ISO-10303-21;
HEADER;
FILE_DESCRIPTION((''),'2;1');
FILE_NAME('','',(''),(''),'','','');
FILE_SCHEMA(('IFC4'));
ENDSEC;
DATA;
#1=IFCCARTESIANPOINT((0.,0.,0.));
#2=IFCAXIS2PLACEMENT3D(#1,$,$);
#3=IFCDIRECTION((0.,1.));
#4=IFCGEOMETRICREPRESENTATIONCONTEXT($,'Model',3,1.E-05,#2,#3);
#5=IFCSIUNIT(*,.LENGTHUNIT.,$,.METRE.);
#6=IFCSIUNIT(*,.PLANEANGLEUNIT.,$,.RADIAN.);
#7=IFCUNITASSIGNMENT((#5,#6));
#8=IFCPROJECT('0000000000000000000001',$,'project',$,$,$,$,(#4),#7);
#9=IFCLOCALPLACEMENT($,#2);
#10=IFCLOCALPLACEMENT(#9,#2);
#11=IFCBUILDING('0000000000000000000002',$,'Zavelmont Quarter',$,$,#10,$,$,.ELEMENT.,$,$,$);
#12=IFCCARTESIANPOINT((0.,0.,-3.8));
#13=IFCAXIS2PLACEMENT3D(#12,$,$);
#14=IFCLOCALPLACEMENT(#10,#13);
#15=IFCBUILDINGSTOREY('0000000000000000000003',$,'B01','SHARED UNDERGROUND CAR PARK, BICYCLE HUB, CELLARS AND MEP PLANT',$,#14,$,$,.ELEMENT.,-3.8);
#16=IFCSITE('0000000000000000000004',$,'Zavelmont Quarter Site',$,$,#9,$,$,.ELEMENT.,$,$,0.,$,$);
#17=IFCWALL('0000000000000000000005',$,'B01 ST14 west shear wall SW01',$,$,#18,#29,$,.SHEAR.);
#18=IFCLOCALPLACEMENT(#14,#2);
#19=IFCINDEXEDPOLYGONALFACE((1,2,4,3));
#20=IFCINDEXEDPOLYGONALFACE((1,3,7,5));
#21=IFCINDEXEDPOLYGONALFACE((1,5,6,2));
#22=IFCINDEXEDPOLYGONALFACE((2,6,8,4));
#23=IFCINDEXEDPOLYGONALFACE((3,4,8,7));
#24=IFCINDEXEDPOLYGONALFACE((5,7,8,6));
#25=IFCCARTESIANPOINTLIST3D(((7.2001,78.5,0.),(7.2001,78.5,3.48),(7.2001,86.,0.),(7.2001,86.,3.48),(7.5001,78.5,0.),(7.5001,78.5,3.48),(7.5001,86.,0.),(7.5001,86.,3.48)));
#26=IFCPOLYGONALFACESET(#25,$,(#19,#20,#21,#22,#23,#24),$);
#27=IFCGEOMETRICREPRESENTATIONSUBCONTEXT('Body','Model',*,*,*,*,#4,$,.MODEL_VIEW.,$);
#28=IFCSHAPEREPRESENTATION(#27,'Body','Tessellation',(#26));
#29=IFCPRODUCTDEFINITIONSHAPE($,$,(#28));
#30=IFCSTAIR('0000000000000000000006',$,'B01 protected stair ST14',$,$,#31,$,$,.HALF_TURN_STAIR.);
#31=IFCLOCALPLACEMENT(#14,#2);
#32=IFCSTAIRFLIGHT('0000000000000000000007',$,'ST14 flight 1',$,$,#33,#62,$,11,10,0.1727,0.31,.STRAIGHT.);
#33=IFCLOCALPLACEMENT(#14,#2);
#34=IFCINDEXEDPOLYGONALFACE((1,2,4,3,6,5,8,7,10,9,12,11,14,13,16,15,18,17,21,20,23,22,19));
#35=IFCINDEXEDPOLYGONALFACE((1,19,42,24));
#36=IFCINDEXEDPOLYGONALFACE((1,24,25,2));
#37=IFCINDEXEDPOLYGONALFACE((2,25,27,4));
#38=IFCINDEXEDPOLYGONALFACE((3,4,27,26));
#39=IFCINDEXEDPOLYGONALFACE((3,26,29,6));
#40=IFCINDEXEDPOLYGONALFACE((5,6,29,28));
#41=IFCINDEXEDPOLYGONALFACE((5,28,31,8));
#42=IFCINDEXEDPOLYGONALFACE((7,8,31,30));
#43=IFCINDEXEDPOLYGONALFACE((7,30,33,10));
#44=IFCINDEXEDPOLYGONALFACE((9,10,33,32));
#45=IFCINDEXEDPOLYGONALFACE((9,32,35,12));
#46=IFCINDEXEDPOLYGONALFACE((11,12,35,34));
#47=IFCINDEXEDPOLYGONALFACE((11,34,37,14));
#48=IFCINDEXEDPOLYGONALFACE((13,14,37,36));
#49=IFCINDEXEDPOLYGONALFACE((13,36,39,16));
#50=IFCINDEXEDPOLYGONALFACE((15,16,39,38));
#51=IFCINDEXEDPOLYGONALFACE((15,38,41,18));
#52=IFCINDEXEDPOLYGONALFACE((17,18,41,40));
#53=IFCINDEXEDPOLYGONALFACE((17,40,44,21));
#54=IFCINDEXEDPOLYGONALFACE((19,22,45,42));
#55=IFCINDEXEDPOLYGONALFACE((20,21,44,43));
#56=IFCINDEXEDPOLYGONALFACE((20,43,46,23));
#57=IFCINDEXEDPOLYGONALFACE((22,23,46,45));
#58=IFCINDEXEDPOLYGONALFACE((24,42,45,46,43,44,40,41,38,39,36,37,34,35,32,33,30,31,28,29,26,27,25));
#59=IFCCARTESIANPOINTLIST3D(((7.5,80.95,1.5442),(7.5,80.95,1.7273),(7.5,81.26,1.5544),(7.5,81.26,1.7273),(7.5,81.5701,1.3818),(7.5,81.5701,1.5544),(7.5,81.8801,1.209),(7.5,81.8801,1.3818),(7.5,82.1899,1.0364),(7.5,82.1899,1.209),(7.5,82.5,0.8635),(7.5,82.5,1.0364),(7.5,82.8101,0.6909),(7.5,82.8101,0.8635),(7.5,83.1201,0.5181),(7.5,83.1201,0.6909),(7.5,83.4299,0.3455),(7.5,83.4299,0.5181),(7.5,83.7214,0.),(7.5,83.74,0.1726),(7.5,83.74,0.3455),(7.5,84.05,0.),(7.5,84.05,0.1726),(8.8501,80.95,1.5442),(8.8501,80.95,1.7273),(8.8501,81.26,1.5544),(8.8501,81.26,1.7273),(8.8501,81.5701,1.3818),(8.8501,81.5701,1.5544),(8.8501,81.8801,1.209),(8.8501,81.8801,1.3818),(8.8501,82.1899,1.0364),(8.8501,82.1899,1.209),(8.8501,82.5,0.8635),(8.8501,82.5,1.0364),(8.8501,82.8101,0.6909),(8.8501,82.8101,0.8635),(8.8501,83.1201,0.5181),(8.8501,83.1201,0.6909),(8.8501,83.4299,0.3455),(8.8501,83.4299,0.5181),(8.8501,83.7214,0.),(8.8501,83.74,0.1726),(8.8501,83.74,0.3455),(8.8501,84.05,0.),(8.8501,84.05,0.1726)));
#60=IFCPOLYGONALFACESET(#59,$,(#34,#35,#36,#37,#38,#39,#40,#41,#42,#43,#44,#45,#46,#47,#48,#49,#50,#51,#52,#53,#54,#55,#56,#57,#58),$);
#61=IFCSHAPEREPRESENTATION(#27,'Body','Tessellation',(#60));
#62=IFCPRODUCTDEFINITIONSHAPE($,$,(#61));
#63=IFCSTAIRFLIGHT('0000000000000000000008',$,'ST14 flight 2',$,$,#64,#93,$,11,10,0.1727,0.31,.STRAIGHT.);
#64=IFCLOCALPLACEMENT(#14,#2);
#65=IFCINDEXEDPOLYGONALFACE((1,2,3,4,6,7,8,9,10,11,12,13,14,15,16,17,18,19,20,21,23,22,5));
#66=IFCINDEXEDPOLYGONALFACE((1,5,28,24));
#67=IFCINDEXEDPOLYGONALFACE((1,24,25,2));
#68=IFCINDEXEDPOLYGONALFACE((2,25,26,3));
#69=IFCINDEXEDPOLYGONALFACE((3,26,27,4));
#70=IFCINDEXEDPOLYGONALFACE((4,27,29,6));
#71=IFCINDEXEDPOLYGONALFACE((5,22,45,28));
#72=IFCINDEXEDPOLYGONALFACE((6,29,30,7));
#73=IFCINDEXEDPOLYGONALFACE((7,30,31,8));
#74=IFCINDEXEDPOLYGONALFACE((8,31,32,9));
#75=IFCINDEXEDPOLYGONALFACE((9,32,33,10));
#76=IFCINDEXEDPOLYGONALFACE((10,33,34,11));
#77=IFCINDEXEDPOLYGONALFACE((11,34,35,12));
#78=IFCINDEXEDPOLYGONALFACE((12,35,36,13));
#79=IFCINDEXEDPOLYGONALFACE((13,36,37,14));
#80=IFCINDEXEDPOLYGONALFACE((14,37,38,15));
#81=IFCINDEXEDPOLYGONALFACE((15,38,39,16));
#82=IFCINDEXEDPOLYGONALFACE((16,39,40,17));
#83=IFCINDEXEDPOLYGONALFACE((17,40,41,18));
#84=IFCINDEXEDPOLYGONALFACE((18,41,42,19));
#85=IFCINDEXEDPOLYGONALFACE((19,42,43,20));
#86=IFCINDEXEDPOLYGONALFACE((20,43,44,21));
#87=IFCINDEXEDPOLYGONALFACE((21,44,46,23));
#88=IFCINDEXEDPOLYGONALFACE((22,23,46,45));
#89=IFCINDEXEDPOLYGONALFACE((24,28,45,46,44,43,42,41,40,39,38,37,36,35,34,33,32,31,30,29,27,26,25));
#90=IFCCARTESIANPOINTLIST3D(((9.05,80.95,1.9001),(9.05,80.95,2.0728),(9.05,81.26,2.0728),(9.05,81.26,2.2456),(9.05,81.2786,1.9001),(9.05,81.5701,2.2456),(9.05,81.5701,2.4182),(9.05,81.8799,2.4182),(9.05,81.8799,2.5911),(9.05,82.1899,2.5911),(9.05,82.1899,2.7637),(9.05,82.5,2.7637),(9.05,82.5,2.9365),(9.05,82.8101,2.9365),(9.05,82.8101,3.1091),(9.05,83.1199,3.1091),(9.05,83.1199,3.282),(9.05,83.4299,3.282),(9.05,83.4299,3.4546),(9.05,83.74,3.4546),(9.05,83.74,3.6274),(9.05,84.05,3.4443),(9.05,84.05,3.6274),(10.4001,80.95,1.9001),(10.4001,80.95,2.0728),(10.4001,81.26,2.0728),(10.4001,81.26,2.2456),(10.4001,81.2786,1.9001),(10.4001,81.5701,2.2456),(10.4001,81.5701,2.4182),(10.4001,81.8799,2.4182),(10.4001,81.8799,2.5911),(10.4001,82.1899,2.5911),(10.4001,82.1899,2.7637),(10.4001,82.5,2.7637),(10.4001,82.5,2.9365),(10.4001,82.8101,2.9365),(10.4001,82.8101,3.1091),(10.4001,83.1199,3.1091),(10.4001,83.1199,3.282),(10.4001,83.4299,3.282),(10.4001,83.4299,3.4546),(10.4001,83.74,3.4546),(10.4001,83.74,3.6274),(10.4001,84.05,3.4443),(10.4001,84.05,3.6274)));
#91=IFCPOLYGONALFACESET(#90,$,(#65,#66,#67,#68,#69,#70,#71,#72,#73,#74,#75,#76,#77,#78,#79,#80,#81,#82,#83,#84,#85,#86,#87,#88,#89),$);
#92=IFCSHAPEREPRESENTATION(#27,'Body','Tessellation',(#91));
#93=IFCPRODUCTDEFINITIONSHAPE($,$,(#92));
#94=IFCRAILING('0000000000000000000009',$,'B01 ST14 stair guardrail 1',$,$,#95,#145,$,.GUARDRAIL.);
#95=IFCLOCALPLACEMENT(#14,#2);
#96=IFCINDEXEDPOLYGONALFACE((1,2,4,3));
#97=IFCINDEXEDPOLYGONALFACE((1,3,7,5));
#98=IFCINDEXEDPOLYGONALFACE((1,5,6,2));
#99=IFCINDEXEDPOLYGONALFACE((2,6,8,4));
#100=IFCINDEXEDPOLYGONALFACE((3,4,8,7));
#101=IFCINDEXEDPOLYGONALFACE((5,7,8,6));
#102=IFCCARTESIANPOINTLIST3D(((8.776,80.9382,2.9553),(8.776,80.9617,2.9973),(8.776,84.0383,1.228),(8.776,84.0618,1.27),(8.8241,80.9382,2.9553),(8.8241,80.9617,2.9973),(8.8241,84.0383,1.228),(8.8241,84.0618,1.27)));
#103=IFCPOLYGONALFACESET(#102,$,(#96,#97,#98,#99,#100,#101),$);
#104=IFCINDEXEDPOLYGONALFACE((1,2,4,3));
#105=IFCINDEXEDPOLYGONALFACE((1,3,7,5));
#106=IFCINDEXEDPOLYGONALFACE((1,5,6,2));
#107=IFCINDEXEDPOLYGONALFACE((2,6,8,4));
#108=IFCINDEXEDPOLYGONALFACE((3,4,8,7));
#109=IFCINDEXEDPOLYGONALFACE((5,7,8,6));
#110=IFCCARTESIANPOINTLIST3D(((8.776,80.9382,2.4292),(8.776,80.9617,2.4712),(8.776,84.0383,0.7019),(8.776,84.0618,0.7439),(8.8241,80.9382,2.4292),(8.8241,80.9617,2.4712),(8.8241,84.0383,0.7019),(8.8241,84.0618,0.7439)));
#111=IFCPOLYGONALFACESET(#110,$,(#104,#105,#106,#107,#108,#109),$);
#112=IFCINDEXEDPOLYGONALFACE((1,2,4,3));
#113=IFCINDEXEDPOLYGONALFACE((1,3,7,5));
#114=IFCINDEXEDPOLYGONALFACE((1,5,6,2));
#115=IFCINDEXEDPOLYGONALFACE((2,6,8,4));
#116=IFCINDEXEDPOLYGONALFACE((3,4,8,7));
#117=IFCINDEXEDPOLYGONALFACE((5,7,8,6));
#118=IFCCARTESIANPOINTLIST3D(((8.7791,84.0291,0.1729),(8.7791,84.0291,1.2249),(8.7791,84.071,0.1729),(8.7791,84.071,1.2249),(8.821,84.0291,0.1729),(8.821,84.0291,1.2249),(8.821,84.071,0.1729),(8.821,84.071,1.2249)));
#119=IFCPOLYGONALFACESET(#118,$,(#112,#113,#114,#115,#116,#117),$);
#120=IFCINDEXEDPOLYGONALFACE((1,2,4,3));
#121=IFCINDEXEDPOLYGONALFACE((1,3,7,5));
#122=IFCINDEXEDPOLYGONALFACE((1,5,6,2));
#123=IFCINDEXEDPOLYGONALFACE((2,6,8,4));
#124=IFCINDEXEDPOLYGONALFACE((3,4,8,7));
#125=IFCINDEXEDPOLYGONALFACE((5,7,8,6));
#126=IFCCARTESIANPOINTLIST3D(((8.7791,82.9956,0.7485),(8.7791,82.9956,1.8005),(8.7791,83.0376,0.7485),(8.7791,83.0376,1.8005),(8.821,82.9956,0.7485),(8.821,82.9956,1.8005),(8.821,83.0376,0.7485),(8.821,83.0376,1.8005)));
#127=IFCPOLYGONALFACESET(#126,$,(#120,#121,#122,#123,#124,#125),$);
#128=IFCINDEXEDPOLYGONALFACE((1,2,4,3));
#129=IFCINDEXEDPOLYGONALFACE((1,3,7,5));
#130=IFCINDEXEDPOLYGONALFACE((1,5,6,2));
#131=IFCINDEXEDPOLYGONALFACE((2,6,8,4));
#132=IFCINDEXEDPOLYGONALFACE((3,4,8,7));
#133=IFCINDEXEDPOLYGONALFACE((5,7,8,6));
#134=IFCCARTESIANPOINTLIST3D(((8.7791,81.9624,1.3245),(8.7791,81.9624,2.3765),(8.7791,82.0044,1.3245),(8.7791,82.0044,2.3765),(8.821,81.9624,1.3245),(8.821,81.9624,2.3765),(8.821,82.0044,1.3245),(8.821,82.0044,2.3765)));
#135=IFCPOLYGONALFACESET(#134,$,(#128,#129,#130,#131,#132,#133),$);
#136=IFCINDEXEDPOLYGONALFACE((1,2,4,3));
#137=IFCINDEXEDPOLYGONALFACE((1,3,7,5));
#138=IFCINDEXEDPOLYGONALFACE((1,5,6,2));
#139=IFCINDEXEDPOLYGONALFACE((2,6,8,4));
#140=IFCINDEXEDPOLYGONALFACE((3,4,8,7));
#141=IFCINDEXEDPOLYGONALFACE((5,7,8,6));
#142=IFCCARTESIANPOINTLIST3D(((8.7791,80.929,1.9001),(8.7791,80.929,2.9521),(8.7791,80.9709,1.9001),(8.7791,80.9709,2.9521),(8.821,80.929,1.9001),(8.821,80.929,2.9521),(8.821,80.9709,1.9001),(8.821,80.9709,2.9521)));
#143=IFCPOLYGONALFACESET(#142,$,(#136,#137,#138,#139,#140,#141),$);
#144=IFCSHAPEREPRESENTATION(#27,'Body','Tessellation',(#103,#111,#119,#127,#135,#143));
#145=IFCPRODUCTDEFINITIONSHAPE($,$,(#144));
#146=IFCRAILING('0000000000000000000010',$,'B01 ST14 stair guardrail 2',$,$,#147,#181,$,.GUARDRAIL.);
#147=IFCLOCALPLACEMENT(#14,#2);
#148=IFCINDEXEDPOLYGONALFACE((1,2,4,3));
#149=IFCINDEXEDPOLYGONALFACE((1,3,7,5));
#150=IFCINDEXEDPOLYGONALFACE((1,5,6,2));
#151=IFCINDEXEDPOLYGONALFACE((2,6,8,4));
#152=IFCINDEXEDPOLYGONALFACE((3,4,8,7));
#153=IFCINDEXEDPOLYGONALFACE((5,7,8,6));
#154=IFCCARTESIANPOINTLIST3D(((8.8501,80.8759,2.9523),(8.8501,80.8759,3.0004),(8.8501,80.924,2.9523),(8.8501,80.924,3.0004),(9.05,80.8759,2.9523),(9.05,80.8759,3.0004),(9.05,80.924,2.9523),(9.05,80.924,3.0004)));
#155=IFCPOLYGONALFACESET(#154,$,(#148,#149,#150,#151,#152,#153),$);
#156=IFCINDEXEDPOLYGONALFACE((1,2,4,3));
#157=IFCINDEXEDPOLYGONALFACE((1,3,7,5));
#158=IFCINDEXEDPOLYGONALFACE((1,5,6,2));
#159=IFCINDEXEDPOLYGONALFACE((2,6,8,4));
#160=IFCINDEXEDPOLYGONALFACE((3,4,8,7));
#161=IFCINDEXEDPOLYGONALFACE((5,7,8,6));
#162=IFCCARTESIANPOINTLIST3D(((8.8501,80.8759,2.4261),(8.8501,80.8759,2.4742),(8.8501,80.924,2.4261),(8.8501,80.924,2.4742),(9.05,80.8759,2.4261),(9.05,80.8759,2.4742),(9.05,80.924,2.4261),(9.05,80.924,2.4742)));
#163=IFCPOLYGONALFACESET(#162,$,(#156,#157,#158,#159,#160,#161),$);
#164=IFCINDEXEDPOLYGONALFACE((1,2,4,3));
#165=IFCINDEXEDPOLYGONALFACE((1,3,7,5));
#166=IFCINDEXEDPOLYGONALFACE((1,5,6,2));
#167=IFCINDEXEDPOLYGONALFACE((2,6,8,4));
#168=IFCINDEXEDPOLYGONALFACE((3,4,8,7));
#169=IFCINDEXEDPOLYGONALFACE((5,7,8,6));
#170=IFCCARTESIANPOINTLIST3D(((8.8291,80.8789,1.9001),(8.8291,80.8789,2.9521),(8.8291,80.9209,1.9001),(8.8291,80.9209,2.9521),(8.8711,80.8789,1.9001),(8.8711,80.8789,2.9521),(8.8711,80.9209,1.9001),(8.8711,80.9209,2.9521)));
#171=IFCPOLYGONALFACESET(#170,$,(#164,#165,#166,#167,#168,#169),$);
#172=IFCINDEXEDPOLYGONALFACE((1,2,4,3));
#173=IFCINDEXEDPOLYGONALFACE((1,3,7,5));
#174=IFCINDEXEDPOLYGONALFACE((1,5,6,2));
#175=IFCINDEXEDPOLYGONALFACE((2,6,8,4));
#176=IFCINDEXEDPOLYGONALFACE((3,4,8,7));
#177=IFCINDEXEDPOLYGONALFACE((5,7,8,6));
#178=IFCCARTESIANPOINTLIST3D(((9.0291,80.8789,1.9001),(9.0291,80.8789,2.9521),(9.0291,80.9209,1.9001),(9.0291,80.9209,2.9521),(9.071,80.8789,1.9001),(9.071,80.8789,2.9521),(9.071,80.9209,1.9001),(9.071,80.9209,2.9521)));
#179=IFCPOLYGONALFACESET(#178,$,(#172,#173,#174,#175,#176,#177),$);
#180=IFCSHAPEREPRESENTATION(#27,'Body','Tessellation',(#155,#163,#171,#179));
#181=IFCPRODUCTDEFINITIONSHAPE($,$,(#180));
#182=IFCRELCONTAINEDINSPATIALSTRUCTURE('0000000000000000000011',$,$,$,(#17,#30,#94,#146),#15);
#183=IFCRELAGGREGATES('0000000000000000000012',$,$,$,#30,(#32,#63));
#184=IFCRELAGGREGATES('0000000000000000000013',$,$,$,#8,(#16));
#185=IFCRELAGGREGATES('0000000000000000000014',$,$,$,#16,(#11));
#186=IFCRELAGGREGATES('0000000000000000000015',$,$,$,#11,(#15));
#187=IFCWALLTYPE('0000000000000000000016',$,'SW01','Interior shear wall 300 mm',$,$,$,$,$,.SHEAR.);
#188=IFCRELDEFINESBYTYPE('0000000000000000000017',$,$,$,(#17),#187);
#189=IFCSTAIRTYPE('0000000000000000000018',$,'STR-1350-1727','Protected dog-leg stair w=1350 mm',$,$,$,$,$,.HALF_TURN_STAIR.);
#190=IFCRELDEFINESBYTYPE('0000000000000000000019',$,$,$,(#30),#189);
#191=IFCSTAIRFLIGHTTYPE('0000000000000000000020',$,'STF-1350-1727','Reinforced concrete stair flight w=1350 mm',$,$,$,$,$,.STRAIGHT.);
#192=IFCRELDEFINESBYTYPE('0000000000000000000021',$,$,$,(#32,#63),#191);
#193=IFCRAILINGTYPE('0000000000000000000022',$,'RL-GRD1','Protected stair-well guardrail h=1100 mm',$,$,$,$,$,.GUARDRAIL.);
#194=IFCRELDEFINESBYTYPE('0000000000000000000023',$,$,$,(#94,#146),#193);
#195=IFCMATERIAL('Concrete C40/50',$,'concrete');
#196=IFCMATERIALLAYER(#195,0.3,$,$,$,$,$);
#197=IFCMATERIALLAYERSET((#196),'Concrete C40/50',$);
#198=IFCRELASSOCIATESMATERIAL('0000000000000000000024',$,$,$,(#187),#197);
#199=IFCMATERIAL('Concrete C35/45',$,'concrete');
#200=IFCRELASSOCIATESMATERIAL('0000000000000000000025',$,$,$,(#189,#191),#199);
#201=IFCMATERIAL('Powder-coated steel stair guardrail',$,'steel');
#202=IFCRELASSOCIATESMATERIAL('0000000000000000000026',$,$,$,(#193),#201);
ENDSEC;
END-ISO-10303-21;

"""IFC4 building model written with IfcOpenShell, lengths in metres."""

from ifc_helpers import new_model, si_unit, direction, frame, frame_2d, origin, origin_2d, place, context, subcontext, project, spatial, polyline, rectangle, outline, extrude, material, layer, layer_set, type_object, element, aggregate, save


model = new_model("IFC4")

# Units and contexts
model_context = context("Model", 3, precision=1e-05, world=origin(), true_north=direction((0.0, 1.0)))
body_context = subcontext(model_context, "Body", "Model", "MODEL_VIEW")
ifc_project = project(units=[si_unit("LENGTHUNIT", "METRE"), si_unit("PLANEANGLEUNIT", "RADIAN")], contexts=[model_context])

# Site, building, storey
site_placement = place(None, origin())
site = spatial("IfcSite", under=ifc_project, at=site_placement, Name="Zavelmont Quarter Site", CompositionType="ELEMENT", RefElevation=0.0)
building_placement = place(site_placement, origin())
building = spatial("IfcBuilding", under=site, at=building_placement, Name="Zavelmont Quarter", CompositionType="ELEMENT")
storey_placement = place(building_placement, frame((0.0, 0.0, -3.8)))
storey = spatial("IfcBuildingStorey", under=building, at=storey_placement, Name="B01", Description="SHARED UNDERGROUND CAR PARK, BICYCLE HUB, CELLARS AND MEP PLANT", CompositionType="ELEMENT", Elevation=-3.8)

# Shared definitions
ifc_material_1 = material(Name="Concrete C35/45", Category="concrete")

# Wall
ifc_material_2 = material(Name="Concrete C40/50", Category="concrete")
ifc_layer_1 = layer(ifc_material_2, 0.3)
ifc_layer_set_1 = layer_set([ifc_layer_1], Name="Concrete C40/50")
wall_type_1 = type_object("IfcWallType", Name="SW01", Description="Interior shear wall 300 mm", PredefinedType="SHEAR", material=ifc_layer_set_1)
wall_1_placement = place(storey_placement, frame((7.3501, 78.5, 0.0), z_axis=(0.0, 0.0, 1.0), x_axis=(0.0, 1.0, 0.0)))
element("IfcWall", 1, at=wall_1_placement, inside=storey, type_object=wall_type_1, Name="B01 ST14 west shear wall SW01", PredefinedType="SHEAR", context=body_context, shape_type="SweptSolid", body=[
    extrude(rectangle(XDim=7.5, YDim=0.3, at=frame_2d((3.75, 0.0))), origin(), (0.0, 0.0, 1.0), 3.48),
])

# Stair, stair flights
stair_type = type_object("IfcStairType", Name="STR-1350-1727", Description="Protected dog-leg stair w=1350 mm", PredefinedType="HALF_TURN_STAIR", material=ifc_material_1)
stair_placement = place(storey_placement, origin())
stair = element("IfcStair", 2, at=stair_placement, inside=storey, type_object=stair_type, Name="B01 protected stair ST14", PredefinedType="HALF_TURN_STAIR")
stair_flight_type = type_object("IfcStairFlightType", Name="STF-1350-1727", Description="Reinforced concrete stair flight w=1350 mm", PredefinedType="STRAIGHT", material=ifc_material_1)
stair_flight_1_placement = place(storey_placement, frame((8.175, 84.05, 0.0), z_axis=(0.0, 0.0, 1.0), x_axis=(0.0, -1.0, 0.0)))
stair_flight_1 = element("IfcStairFlight", 3, at=stair_flight_1_placement, type_object=stair_flight_type, Name="ST14 flight 1", NumberOfRisers=11, NumberOfTreads=10, PredefinedType="STRAIGHT", RiserHeight=0.1727, TreadLength=0.31, context=body_context, shape_type="SweptSolid", body=[
    extrude(outline(polyline([(0.0, 0.0), (0.0, 0.1726), (0.3101, 0.1726), (0.3101, 0.3455), (0.6201, 0.3455), (0.6201, 0.5181), (0.9299, 0.5181), (0.9299, 0.6909), (1.24, 0.6909), (1.24, 0.8635), (1.55, 0.8635), (1.55, 1.0364), (1.8601, 1.0364), (1.8601, 1.209), (2.1699, 1.209), (2.1699, 1.3818), (2.48, 1.3818), (2.48, 1.5544), (2.79, 1.5544), (2.79, 1.7273), (3.1001, 1.7273), (3.1001, 1.8999), (3.1001, 1.5442), (0.3286, 0.0), (0.0, 0.0)])), frame((0.0, 0.675, 0.0), z_axis=(0.0, -1.0, 0.0), x_axis=(1.0, 0.0, 0.0)), (0.0, 0.0, 1.0), 1.3501),
])
stair_flight_2_placement = place(storey_placement, frame((9.7251, 80.95, 1.9001), z_axis=(0.0, 0.0, 1.0), x_axis=(0.0, 1.0, 0.0)))
stair_flight_2 = element("IfcStairFlight", 4, at=stair_flight_2_placement, type_object=stair_flight_type, Name="ST14 flight 2", NumberOfRisers=11, NumberOfTreads=10, PredefinedType="STRAIGHT", RiserHeight=0.1727, TreadLength=0.31, context=body_context, shape_type="SweptSolid", body=[
    extrude(outline(polyline([(0.0, 0.0), (0.0, 0.1726), (0.3101, 0.1726), (0.3101, 0.3455), (0.6201, 0.3455), (0.6201, 0.5181), (0.9299, 0.5181), (0.9299, 0.6909), (1.24, 0.6909), (1.24, 0.8635), (1.55, 0.8635), (1.55, 1.0364), (1.8601, 1.0364), (1.8601, 1.209), (2.1699, 1.209), (2.1699, 1.3818), (2.48, 1.3818), (2.48, 1.5544), (2.79, 1.5544), (2.79, 1.7273), (3.1001, 1.7273), (3.1001, 1.8999), (3.1001, 1.5442), (0.3286, 0.0), (0.0, 0.0)])), frame((0.0, 0.675, 0.0), z_axis=(0.0, -1.0, 0.0), x_axis=(1.0, 0.0, 0.0)), (0.0, 0.0, 1.0), 1.3501),
])
aggregate(stair, [stair_flight_1, stair_flight_2])

# Railings
ifc_material_3 = material(Name="Powder-coated steel stair guardrail", Category="steel")
railing_type_1 = type_object("IfcRailingType", Name="RL-GRD1", Description="Protected stair-well guardrail h=1100 mm", PredefinedType="GUARDRAIL", material=ifc_material_3)
railing_1_placement = place(storey_placement, frame((8.8, 84.05, 0.1729)))
element("IfcRailing", 5, at=railing_1_placement, inside=storey, type_object=railing_type_1, Name="B01 ST14 stair guardrail 1", PredefinedType="GUARDRAIL", context=body_context, shape_type="SweptSolid", body=[
    extrude(rectangle(XDim=0.0481, YDim=0.0481, at=origin_2d()), frame((0.0, 0.0, 1.0762), z_axis=(0.0, -0.873556, 0.486723), x_axis=(1.0, 0.0, 0.0)), (0.0, 0.0, 1.0), 3.5488),
    extrude(rectangle(XDim=0.0481, YDim=0.0481, at=origin_2d()), frame((0.0, 0.0, 0.55), z_axis=(0.0, -0.873556, 0.486723), x_axis=(1.0, 0.0, 0.0)), (0.0, 0.0, 1.0), 3.5488),
    extrude(rectangle(XDim=0.042, YDim=0.042, at=origin_2d()), origin(), (0.0, 0.0, 1.0), 1.052),
    extrude(rectangle(XDim=0.042, YDim=0.042, at=origin_2d()), frame((0.0, -1.0334, 0.5757)), (0.0, 0.0, 1.0), 1.052),
    extrude(rectangle(XDim=0.042, YDim=0.042, at=origin_2d()), frame((0.0, -2.0667, 1.1516)), (0.0, 0.0, 1.0), 1.052),
    extrude(rectangle(XDim=0.042, YDim=0.042, at=origin_2d()), frame((0.0, -3.1001, 1.7273)), (0.0, 0.0, 1.0), 1.052),
])
railing_2_placement = place(storey_placement, frame((8.8501, 80.8999, 1.9001)))
element("IfcRailing", 6, at=railing_2_placement, inside=storey, type_object=railing_type_1, Name="B01 ST14 stair guardrail 2", PredefinedType="GUARDRAIL", context=body_context, shape_type="SweptSolid", body=[
    extrude(rectangle(XDim=0.0481, YDim=0.0481, at=origin_2d()), frame((0.0, 0.0, 1.0762), z_axis=(1.0, 0.0, 0.0), x_axis=(0.0, 1.0, 0.0)), (0.0, 0.0, 1.0), 0.2),
    extrude(rectangle(XDim=0.0481, YDim=0.0481, at=origin_2d()), frame((0.0, 0.0, 0.55), z_axis=(1.0, 0.0, 0.0), x_axis=(0.0, 1.0, 0.0)), (0.0, 0.0, 1.0), 0.2),
    extrude(rectangle(XDim=0.042, YDim=0.042, at=origin_2d()), origin(), (0.0, 0.0, 1.0), 1.052),
    extrude(rectangle(XDim=0.042, YDim=0.042, at=origin_2d()), frame((0.2, 0.0, 0.0)), (0.0, 0.0, 1.0), 1.052),
])

save(model, "model.ifc")
